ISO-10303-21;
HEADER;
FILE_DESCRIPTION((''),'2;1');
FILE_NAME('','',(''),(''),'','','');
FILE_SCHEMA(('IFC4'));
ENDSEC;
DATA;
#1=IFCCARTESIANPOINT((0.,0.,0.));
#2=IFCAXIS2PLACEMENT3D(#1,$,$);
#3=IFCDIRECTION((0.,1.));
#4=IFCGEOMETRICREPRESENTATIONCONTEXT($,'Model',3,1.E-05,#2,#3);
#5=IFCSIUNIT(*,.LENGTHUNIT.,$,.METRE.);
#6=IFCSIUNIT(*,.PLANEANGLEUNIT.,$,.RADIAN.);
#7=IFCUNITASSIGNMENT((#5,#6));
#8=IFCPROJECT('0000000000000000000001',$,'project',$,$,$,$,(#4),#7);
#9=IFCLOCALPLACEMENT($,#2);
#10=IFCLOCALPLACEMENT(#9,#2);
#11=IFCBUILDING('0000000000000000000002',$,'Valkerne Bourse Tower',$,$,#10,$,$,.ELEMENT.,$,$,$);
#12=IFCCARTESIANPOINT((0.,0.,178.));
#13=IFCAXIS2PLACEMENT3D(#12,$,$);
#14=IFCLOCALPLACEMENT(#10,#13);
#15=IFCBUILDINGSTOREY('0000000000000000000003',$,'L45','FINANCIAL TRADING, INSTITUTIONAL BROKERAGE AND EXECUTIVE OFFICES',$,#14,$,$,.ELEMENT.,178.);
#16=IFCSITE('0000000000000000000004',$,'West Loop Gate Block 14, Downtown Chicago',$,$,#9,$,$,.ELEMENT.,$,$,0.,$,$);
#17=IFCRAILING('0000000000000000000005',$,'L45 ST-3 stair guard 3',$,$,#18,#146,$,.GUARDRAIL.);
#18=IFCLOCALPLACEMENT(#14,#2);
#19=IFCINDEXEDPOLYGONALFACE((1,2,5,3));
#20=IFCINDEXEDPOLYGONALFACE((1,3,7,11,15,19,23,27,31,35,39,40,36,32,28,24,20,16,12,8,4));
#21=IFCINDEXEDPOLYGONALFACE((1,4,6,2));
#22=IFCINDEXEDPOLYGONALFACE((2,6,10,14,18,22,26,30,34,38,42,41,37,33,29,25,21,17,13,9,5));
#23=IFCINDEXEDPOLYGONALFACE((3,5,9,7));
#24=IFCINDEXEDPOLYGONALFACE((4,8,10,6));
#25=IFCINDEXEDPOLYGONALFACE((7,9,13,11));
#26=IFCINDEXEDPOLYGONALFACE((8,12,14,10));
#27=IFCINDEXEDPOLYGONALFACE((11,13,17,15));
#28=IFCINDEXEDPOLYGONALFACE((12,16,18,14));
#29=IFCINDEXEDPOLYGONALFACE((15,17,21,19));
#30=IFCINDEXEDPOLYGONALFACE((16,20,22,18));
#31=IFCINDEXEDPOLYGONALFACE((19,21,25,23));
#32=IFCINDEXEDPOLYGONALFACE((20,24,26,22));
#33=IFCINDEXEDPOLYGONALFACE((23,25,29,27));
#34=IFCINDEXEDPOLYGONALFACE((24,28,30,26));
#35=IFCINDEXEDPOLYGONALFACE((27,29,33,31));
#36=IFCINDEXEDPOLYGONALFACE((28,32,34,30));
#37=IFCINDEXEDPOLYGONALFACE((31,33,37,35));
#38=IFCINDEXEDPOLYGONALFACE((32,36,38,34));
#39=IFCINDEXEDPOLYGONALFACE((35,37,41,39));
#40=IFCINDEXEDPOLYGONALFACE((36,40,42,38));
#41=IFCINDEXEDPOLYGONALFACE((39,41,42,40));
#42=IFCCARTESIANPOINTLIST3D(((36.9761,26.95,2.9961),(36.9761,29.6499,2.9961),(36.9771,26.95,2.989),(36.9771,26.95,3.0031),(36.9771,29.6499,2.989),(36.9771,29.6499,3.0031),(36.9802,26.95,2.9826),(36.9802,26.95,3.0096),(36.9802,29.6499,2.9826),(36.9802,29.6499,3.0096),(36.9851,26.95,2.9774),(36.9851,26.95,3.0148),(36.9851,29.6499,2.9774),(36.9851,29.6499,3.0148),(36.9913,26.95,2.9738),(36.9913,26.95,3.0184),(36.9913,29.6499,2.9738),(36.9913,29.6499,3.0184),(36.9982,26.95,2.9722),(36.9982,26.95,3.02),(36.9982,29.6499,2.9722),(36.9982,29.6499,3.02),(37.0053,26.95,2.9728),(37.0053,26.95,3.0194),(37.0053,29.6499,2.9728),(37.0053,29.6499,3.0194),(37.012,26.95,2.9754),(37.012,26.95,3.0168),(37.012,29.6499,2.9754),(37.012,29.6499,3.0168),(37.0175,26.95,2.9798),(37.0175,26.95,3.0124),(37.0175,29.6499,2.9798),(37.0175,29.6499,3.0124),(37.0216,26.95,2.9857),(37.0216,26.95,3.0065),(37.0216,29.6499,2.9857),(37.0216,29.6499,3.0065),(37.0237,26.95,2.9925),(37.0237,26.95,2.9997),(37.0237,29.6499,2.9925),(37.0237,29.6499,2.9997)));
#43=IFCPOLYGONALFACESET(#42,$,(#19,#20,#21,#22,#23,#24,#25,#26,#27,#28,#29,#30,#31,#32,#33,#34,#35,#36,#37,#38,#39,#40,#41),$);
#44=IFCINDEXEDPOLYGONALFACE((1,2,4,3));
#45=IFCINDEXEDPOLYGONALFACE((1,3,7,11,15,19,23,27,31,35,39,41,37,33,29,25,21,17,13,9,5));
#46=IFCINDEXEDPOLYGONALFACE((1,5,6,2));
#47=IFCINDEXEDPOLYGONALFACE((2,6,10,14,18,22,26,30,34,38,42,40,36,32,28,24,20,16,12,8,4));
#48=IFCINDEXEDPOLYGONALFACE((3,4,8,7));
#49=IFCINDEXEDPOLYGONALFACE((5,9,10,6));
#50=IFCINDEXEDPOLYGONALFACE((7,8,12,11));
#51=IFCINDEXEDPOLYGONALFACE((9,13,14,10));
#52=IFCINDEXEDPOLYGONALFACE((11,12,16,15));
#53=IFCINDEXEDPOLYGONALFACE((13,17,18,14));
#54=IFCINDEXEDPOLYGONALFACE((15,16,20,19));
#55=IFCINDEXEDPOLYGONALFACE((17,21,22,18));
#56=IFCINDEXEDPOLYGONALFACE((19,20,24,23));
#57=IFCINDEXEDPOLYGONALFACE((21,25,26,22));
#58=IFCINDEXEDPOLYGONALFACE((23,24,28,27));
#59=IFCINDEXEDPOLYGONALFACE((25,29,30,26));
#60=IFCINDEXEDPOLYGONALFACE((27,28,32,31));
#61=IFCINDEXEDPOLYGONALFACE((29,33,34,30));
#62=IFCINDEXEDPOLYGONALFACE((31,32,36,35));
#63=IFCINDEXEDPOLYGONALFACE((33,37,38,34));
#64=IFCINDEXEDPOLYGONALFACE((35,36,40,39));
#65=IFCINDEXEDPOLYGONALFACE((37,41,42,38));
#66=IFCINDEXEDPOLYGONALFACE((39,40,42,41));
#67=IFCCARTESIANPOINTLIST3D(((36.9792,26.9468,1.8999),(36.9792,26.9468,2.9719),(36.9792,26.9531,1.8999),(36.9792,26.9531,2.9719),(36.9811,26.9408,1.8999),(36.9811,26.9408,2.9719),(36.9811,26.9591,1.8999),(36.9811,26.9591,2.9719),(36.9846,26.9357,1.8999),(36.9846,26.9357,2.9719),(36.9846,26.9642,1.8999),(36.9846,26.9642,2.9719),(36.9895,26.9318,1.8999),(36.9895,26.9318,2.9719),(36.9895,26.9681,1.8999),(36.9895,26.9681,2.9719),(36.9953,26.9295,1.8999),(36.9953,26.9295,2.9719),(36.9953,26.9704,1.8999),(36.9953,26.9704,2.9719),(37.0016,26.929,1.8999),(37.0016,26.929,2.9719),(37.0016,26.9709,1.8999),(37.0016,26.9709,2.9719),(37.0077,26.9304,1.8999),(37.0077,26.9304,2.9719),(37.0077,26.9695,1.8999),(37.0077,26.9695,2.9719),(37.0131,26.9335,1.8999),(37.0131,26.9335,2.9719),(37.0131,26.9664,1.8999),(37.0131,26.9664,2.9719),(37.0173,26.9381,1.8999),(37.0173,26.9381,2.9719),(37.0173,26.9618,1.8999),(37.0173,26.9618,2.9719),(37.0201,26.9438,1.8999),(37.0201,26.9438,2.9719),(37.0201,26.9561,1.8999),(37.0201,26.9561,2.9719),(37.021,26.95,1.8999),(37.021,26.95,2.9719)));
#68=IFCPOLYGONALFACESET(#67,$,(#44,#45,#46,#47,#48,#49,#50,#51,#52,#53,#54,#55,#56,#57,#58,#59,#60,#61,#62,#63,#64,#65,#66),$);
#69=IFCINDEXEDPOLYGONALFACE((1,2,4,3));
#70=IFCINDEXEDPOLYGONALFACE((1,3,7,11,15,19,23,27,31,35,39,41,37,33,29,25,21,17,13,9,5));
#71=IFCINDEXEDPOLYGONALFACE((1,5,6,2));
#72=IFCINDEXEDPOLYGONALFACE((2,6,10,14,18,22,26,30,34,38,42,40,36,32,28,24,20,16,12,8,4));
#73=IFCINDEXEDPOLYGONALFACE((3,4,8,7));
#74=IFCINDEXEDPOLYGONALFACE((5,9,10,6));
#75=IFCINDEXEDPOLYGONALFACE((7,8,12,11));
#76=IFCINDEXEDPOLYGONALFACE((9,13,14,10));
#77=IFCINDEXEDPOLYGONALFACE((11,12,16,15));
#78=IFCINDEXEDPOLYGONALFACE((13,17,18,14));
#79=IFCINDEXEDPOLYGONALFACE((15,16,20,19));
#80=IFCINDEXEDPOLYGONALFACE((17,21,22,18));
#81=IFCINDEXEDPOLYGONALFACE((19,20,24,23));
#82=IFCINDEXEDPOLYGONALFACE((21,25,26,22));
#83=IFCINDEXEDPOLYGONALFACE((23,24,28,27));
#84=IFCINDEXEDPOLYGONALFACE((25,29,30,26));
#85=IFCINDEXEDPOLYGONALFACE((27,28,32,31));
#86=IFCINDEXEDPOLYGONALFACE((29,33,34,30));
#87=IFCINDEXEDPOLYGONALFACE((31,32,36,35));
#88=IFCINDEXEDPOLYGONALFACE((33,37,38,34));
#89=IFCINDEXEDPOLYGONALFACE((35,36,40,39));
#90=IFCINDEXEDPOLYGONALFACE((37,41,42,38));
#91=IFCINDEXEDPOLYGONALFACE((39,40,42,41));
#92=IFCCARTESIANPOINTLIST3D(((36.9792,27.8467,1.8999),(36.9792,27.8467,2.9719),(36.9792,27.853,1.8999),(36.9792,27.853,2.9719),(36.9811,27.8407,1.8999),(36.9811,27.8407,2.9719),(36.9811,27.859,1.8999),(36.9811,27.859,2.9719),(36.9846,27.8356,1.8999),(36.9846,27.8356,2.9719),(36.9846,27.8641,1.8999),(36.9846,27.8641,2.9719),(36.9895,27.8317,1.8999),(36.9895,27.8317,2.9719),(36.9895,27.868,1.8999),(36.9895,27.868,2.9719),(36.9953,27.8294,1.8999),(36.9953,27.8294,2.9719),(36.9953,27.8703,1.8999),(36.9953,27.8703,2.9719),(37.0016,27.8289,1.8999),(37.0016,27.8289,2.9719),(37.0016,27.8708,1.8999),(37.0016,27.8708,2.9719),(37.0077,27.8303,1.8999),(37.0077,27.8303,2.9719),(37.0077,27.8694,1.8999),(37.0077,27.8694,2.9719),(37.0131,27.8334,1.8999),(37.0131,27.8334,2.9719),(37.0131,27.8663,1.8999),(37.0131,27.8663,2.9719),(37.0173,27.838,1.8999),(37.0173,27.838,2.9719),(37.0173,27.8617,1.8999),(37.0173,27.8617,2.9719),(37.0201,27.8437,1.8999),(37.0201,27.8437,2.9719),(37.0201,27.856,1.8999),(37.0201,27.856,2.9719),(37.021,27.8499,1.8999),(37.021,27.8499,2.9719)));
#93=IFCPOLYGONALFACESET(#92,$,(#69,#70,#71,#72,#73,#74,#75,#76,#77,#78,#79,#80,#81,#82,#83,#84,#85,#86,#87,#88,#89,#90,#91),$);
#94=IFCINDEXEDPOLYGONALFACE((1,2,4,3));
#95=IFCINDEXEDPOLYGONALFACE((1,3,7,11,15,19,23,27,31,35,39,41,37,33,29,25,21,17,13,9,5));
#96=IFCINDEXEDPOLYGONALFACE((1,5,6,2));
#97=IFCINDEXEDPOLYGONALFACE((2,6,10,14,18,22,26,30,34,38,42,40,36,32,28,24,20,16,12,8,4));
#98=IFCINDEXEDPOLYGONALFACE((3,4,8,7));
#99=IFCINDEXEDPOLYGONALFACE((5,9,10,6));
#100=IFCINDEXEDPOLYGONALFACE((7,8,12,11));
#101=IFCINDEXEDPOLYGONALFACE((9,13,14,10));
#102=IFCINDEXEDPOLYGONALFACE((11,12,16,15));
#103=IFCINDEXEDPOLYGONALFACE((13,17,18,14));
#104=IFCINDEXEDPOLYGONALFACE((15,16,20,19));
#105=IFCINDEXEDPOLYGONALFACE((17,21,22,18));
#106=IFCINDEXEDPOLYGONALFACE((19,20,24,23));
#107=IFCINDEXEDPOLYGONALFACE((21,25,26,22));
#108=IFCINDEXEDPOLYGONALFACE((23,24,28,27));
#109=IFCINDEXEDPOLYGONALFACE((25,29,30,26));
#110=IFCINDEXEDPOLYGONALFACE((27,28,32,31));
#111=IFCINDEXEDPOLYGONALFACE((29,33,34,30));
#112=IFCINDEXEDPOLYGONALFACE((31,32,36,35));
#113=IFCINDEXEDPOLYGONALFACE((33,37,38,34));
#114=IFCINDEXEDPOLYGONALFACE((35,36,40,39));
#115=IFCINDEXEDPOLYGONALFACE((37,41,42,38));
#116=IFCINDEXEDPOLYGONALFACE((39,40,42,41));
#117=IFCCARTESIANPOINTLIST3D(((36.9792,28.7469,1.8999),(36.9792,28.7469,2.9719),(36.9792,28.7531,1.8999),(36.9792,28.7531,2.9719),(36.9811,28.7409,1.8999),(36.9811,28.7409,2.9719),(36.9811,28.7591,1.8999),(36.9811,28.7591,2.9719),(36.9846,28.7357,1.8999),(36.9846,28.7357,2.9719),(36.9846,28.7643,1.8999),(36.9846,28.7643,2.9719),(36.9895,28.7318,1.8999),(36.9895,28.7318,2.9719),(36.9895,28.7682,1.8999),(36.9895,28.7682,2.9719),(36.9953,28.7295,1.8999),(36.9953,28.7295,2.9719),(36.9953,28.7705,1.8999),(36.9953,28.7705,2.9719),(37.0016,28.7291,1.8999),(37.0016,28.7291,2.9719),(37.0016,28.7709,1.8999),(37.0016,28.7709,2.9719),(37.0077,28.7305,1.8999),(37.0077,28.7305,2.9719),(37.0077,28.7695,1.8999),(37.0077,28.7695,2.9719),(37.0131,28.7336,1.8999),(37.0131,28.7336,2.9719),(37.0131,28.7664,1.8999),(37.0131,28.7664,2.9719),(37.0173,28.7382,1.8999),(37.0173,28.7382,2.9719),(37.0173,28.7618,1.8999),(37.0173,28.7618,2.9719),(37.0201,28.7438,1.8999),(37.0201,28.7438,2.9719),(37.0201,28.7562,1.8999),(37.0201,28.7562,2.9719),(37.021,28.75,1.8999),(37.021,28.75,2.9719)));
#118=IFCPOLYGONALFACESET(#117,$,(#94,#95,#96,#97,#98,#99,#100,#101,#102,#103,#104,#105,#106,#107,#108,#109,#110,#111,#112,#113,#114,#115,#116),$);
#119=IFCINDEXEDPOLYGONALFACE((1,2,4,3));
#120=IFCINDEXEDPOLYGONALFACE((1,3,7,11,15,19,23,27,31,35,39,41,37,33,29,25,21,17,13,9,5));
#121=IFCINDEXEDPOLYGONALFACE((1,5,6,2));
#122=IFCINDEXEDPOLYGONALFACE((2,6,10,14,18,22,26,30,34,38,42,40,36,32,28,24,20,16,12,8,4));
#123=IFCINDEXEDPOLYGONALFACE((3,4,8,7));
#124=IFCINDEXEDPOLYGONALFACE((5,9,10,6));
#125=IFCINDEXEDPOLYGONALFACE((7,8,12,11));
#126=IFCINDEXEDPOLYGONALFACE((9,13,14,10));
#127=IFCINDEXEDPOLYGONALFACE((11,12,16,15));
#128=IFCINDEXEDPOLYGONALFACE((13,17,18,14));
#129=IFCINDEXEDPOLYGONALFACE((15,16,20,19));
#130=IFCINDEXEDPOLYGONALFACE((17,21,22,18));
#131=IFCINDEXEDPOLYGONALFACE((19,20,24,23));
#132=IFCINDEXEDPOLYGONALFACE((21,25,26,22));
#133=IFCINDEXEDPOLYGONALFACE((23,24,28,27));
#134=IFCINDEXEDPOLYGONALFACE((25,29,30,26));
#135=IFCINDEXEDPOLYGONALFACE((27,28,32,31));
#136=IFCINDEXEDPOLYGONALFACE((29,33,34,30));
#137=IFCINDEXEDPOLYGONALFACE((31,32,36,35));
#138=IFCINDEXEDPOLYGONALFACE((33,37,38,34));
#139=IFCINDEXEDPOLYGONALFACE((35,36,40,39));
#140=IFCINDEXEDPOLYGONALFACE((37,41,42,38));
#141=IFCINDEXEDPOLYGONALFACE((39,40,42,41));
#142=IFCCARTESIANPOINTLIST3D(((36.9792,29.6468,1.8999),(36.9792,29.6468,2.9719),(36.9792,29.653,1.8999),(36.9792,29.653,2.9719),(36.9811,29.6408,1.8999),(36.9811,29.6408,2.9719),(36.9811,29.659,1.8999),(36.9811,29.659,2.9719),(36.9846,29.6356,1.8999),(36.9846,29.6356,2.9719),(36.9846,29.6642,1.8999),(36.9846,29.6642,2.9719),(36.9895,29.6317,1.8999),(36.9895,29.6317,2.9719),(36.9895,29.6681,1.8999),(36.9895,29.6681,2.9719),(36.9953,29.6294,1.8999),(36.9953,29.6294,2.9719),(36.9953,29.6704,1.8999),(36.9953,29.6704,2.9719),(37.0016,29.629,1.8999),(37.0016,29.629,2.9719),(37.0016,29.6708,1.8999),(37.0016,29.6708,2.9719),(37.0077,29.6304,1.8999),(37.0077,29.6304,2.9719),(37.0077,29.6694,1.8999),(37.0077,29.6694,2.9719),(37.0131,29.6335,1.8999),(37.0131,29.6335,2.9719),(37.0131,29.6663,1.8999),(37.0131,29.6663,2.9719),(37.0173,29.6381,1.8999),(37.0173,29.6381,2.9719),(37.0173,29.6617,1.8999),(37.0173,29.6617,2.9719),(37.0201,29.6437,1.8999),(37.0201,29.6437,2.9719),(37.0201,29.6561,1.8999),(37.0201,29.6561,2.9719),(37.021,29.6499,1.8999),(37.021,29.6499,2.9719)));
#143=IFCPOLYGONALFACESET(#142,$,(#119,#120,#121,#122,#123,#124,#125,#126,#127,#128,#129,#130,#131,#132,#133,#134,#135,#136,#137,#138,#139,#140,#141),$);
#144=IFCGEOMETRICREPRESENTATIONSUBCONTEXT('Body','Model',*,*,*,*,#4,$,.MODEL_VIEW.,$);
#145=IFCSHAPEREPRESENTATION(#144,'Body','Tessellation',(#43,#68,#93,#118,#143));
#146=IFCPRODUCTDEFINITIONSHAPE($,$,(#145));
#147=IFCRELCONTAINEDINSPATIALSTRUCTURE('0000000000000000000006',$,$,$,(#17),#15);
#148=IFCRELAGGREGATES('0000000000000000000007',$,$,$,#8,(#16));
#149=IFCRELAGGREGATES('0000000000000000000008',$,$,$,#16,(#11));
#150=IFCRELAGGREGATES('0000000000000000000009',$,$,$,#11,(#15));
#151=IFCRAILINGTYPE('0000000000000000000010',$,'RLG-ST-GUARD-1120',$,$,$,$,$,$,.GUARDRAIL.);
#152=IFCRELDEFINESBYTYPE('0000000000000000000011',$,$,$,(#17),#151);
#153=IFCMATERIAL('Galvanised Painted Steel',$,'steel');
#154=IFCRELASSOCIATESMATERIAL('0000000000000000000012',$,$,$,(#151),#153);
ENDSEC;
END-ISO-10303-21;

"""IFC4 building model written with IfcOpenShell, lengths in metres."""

from ifc_helpers import new_model, si_unit, direction, frame, origin, origin_2d, place, context, subcontext, project, spatial, circle, extrude, material, type_object, element, save


model = new_model("IFC4")

# Units and contexts
model_context = context("Model", 3, precision=1e-05, world=origin(), true_north=direction((0.0, 1.0)))
body_context = subcontext(model_context, "Body", "Model", "MODEL_VIEW")
ifc_project = project(units=[si_unit("LENGTHUNIT", "METRE"), si_unit("PLANEANGLEUNIT", "RADIAN")], contexts=[model_context])

# Site, building, storey
site_placement = place(None, origin())
site = spatial("IfcSite", under=ifc_project, at=site_placement, Name="West Loop Gate Block 14, Downtown Chicago", CompositionType="ELEMENT", RefElevation=0.0)
building_placement = place(site_placement, origin())
building = spatial("IfcBuilding", under=site, at=building_placement, Name="Valkerne Bourse Tower", CompositionType="ELEMENT")
storey_placement = place(building_placement, frame((0.0, 0.0, 178.0)))
storey = spatial("IfcBuildingStorey", under=building, at=storey_placement, Name="L45", Description="FINANCIAL TRADING, INSTITUTIONAL BROKERAGE AND EXECUTIVE OFFICES", CompositionType="ELEMENT", Elevation=178.0)

# Railing
ifc_material_1 = material(Name="Galvanised Painted Steel", Category="steel")
railing_type_1 = type_object("IfcRailingType", Name="RLG-ST-GUARD-1120", PredefinedType="GUARDRAIL", material=ifc_material_1)
for number, where, name in (
    (1, (37.0, 26.95, 1.8999), "L45 ST-3 stair guard 3"),
):
    element("IfcRailing", number, at=place(storey_placement, frame(where)), inside=storey, type_object=railing_type_1, Name=name, PredefinedType="GUARDRAIL", context=body_context, shape_type="SweptSolid", body=[
        extrude(circle(Radius=0.0239, at=origin_2d()), frame((0.0, 0.0, 1.0962), z_axis=(0.0, 1.0, 0.0), x_axis=(-1.0, 0.0, 0.0)), (0.0, 0.0, 1.0), 2.7),
        extrude(circle(Radius=0.021, at=origin_2d()), origin(), (0.0, 0.0, 1.0), 1.072),
        extrude(circle(Radius=0.021, at=origin_2d()), frame((0.0, 0.8999, 0.0)), (0.0, 0.0, 1.0), 1.072),
        extrude(circle(Radius=0.021, at=origin_2d()), frame((0.0, 1.8, 0.0)), (0.0, 0.0, 1.0), 1.072),
        extrude(circle(Radius=0.021, at=origin_2d()), frame((0.0, 2.7, 0.0)), (0.0, 0.0, 1.0), 1.072),
    ])

save(model, "model.ifc")
